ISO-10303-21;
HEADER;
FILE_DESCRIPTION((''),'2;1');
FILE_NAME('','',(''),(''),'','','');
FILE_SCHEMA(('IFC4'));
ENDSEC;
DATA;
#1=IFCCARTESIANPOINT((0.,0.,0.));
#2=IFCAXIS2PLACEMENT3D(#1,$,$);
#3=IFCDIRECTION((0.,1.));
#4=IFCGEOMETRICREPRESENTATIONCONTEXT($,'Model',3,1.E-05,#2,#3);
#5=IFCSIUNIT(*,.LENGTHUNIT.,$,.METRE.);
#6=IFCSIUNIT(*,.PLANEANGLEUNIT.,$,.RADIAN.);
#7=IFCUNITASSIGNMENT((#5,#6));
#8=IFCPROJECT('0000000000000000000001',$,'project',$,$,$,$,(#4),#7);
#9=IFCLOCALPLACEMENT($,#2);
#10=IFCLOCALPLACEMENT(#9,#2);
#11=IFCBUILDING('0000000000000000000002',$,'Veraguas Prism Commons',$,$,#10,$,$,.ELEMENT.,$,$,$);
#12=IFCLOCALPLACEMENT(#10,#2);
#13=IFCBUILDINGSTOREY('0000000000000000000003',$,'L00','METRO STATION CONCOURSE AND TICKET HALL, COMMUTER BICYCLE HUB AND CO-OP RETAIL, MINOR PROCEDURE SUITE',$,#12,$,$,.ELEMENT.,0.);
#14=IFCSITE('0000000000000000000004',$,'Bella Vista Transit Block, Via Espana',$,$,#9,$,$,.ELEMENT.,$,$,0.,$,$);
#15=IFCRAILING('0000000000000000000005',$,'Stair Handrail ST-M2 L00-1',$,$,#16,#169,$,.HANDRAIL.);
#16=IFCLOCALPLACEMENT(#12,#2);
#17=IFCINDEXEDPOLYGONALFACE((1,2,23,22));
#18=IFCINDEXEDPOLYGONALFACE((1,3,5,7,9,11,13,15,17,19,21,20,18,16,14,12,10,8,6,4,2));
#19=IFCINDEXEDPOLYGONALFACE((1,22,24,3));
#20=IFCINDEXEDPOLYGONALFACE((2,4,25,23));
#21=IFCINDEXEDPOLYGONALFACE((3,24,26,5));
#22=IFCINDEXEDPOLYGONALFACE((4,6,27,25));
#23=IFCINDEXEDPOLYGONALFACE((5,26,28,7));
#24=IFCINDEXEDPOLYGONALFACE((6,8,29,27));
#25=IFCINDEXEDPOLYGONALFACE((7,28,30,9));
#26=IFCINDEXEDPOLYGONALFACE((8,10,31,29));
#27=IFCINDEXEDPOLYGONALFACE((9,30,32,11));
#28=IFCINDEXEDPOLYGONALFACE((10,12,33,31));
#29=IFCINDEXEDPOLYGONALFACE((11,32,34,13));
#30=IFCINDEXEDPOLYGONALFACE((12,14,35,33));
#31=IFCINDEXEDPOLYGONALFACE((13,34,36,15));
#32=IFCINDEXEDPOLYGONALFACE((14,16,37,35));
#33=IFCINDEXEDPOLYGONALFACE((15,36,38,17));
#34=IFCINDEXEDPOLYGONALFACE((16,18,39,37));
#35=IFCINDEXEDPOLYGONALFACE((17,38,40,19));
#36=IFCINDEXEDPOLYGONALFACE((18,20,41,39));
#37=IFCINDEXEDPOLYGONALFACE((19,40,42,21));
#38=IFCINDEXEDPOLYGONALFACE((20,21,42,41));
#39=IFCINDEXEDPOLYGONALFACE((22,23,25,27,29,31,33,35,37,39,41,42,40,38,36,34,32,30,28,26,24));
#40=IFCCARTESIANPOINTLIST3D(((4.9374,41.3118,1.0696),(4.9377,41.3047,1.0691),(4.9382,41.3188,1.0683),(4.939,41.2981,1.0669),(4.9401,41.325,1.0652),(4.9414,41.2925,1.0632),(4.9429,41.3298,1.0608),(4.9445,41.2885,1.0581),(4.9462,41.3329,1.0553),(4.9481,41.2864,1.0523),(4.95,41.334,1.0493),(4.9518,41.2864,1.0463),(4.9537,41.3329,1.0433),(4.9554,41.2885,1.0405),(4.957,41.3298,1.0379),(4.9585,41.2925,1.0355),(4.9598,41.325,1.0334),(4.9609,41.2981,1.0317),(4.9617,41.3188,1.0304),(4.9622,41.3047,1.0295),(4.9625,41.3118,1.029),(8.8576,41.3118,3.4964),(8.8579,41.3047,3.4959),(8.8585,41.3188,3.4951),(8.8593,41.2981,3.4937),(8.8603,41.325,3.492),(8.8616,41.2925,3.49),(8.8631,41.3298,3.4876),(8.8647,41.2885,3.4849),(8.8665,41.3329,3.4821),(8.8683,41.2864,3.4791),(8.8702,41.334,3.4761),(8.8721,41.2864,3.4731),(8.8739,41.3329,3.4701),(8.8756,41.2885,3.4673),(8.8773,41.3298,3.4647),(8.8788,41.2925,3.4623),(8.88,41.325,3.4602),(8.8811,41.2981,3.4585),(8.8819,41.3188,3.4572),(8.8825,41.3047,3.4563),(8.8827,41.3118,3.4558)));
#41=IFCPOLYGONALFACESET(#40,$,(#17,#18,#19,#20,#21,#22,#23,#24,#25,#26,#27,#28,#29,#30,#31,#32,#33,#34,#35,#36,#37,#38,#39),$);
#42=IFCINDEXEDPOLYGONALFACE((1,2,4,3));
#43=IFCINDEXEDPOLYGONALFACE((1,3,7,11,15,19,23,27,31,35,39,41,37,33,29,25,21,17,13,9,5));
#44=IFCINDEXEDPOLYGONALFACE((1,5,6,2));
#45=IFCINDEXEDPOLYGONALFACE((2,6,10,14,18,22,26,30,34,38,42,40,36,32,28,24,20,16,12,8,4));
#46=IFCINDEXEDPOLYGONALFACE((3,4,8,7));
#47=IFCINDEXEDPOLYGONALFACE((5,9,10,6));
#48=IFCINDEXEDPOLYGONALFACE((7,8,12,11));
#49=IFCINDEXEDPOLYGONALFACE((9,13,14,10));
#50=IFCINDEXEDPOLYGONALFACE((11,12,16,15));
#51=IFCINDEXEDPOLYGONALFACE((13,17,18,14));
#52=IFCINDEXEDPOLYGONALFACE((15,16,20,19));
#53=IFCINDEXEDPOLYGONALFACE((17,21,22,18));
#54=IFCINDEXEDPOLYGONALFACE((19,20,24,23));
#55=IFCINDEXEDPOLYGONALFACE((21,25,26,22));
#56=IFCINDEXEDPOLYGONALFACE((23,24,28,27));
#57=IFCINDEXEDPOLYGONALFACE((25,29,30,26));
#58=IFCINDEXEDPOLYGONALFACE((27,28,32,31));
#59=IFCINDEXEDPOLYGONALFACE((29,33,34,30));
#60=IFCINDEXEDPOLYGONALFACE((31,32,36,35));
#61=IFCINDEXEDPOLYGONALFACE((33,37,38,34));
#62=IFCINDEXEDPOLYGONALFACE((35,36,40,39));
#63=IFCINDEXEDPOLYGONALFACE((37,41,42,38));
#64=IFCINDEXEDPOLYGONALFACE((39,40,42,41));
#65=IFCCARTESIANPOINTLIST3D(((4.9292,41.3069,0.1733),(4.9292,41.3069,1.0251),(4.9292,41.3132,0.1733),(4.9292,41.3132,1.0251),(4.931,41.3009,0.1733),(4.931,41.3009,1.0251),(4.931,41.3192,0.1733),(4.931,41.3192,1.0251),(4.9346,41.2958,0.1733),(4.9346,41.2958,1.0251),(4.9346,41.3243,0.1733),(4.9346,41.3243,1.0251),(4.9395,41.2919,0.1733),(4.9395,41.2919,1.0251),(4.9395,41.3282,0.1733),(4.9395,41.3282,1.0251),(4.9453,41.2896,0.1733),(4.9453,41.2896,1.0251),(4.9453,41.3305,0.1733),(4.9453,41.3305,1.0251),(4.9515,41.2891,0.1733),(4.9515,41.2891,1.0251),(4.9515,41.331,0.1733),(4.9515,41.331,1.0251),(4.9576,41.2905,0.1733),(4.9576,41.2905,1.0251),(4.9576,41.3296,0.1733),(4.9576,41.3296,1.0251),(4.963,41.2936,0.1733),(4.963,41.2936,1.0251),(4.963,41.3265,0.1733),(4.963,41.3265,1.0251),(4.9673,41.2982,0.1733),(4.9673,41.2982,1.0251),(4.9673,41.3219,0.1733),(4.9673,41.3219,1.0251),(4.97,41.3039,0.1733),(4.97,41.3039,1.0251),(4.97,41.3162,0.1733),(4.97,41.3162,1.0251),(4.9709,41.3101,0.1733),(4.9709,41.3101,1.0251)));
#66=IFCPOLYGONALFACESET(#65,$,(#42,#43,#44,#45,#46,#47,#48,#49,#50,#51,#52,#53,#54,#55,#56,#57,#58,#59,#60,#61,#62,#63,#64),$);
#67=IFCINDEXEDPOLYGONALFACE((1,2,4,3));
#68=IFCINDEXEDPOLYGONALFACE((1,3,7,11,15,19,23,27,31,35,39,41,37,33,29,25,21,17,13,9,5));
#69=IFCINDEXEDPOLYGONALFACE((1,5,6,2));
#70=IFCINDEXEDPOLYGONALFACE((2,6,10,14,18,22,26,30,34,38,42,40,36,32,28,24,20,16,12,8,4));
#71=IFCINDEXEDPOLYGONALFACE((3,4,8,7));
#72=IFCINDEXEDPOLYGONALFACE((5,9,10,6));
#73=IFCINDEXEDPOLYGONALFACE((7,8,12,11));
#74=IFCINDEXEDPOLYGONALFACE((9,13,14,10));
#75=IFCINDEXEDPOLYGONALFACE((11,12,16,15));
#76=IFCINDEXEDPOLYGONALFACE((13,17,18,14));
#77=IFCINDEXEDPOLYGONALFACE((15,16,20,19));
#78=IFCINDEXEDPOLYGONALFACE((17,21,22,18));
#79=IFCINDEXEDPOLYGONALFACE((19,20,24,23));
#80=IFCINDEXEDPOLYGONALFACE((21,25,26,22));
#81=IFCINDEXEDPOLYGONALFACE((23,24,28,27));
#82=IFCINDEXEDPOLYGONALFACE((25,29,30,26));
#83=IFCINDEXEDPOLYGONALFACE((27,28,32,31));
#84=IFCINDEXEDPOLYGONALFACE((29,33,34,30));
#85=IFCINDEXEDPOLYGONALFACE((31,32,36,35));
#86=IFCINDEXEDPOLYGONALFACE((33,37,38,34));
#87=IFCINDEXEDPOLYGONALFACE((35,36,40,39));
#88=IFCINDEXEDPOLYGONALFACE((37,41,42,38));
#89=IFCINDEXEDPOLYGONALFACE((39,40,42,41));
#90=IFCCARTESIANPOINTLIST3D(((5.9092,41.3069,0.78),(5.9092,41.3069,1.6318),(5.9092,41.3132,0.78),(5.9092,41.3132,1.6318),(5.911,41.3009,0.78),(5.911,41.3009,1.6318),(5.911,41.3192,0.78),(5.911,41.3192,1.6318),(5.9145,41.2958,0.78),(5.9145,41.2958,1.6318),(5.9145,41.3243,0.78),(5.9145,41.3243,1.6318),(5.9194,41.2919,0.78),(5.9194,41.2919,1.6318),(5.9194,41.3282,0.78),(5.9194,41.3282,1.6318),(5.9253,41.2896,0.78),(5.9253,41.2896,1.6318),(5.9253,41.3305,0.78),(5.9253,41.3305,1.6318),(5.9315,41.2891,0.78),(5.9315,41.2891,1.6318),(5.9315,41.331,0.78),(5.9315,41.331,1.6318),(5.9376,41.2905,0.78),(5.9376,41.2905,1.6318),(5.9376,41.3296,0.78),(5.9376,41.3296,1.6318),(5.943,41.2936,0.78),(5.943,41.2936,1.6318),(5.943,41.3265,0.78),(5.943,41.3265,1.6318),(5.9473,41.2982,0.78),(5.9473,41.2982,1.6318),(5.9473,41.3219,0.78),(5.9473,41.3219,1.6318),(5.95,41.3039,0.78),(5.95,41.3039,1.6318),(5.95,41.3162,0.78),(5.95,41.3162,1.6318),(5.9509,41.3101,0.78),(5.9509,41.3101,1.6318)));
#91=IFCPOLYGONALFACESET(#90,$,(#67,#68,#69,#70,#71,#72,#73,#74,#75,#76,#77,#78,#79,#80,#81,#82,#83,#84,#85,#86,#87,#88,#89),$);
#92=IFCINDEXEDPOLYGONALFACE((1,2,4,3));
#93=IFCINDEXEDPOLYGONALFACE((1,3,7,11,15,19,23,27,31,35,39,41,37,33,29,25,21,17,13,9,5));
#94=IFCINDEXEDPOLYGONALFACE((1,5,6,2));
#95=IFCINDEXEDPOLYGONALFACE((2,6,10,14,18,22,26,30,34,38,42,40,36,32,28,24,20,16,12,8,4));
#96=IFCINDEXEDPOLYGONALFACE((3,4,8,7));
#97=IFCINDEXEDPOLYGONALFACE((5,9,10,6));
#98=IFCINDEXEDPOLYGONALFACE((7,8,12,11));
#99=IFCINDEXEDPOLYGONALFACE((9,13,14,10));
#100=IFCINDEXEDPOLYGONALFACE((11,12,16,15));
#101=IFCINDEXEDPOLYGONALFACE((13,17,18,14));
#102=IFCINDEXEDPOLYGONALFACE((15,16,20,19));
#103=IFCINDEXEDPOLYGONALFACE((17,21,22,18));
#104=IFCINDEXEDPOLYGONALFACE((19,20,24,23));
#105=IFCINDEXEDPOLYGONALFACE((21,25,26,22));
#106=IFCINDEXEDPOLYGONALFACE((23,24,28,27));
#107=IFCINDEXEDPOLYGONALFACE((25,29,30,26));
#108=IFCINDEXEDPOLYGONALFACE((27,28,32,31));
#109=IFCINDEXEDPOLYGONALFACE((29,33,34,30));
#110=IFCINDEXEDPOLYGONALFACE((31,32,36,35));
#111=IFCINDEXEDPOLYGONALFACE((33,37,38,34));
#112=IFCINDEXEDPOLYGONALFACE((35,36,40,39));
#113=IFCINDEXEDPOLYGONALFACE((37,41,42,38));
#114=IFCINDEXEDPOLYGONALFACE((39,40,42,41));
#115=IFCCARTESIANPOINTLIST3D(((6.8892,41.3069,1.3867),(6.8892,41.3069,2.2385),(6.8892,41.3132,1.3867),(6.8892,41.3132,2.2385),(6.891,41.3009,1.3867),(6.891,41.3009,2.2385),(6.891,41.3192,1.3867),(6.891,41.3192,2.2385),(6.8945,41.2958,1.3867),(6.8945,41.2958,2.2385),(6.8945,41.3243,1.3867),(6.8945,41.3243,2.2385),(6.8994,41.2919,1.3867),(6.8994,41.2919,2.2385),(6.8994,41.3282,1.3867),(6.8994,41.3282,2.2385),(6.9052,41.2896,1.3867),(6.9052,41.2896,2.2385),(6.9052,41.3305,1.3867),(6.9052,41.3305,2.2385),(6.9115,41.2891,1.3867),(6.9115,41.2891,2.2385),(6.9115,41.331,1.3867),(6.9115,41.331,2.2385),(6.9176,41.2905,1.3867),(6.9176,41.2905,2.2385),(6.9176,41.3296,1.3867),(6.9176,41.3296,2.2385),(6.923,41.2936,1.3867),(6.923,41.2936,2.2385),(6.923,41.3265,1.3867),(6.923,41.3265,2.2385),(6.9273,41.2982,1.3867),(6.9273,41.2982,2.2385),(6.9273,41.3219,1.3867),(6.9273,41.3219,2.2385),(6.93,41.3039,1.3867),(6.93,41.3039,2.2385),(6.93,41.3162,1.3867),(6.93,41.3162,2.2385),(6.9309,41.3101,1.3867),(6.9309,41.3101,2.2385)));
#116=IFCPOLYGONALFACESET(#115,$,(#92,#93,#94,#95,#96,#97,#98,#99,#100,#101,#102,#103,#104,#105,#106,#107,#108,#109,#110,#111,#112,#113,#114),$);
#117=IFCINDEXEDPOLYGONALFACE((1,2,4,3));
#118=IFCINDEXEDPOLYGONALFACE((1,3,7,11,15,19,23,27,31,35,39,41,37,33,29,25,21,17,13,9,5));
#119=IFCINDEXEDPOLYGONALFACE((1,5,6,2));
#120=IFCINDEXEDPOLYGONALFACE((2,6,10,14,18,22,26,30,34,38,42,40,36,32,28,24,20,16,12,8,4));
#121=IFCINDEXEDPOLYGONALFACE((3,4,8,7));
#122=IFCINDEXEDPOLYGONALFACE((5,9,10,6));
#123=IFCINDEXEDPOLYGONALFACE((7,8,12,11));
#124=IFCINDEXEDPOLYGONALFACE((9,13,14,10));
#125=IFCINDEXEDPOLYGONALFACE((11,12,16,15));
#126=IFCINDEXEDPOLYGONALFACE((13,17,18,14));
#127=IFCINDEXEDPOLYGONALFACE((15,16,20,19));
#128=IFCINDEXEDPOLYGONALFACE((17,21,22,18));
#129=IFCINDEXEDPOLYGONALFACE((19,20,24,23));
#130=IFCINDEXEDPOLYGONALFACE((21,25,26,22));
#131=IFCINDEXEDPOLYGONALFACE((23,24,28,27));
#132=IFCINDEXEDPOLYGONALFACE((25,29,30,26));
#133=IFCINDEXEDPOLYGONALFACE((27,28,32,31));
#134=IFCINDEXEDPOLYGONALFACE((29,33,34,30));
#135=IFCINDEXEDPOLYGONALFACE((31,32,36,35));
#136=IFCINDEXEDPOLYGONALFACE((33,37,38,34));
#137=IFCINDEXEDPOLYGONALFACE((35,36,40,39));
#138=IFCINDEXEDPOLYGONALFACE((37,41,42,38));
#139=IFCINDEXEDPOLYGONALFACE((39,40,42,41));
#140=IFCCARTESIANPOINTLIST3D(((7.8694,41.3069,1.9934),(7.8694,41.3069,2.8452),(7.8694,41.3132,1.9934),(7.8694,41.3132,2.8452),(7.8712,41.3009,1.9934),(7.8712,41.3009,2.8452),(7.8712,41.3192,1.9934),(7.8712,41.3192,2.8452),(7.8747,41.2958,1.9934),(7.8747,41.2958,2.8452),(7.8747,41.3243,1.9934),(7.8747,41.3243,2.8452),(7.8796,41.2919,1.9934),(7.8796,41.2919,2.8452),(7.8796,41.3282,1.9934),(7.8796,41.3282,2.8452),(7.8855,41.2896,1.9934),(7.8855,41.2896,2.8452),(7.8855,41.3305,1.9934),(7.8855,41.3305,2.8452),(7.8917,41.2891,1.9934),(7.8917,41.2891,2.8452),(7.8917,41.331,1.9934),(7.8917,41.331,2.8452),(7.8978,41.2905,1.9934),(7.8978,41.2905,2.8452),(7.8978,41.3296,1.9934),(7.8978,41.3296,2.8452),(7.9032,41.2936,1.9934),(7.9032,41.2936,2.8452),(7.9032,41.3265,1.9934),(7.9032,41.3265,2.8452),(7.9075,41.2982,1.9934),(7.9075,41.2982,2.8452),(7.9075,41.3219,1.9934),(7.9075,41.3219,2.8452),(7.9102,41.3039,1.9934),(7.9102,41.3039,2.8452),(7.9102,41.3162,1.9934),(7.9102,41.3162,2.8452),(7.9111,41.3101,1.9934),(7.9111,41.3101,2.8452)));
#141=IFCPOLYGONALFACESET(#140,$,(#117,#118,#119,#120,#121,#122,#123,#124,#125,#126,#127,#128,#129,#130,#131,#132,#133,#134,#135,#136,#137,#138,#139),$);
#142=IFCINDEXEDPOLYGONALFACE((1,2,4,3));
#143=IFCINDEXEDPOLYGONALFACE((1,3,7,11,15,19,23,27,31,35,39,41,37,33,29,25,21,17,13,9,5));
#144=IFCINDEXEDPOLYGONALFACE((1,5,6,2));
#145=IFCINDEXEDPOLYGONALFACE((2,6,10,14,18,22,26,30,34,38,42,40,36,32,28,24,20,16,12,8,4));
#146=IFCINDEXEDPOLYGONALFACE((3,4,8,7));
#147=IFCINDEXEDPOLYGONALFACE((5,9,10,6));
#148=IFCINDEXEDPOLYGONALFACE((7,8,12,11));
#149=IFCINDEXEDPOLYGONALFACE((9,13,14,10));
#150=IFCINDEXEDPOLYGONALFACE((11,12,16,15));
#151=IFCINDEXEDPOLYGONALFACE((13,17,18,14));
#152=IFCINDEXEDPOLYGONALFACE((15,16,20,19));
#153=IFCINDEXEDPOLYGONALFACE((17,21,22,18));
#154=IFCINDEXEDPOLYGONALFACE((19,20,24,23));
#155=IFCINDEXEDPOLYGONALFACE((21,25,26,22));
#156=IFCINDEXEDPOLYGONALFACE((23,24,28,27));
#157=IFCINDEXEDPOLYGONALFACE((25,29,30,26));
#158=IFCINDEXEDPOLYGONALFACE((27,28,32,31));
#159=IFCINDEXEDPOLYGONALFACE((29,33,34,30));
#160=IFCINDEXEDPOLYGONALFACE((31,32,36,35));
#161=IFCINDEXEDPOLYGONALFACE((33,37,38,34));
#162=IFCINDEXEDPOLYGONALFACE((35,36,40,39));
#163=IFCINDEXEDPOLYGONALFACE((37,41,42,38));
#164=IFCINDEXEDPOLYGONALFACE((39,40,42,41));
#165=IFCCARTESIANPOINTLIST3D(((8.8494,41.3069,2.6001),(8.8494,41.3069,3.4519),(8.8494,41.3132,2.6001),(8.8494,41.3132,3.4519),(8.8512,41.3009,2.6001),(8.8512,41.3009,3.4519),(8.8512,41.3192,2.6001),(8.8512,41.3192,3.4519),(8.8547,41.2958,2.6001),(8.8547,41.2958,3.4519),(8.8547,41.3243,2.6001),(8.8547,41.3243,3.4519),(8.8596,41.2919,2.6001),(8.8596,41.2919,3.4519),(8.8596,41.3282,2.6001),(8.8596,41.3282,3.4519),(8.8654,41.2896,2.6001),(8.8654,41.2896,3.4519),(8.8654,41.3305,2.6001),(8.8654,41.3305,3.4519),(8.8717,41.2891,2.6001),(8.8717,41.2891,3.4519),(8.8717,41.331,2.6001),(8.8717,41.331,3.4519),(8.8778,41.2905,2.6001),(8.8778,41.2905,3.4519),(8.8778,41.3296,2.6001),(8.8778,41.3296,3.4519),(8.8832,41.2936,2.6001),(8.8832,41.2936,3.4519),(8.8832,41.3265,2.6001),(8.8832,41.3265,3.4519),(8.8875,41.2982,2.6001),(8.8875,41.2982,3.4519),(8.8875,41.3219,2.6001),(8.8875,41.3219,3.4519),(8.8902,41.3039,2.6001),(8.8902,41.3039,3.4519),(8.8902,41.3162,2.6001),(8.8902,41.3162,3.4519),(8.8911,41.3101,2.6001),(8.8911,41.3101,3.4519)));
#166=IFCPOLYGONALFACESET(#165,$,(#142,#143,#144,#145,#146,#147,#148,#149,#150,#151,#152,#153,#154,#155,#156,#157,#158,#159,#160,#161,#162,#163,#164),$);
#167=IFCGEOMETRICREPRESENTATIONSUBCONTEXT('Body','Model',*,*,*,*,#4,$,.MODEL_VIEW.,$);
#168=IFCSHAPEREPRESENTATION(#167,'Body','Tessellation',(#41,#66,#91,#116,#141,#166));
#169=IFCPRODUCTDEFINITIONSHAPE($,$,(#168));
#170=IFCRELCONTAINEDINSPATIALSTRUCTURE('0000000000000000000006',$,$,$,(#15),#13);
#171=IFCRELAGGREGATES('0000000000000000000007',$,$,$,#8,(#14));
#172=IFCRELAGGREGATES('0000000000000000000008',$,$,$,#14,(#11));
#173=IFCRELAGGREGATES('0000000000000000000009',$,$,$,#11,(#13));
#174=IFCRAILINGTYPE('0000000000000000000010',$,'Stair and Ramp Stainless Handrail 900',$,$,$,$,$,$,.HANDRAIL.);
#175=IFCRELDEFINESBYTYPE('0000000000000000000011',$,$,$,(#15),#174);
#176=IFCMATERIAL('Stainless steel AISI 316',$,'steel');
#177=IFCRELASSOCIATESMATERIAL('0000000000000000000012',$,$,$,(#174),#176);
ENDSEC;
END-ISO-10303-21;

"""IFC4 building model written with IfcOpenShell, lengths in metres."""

from ifc_helpers import new_model, si_unit, direction, frame, origin, origin_2d, place, context, subcontext, project, spatial, circle, extrude, material, type_object, element, save


model = new_model("IFC4")

# Units and contexts
model_context = context("Model", 3, precision=1e-05, world=origin(), true_north=direction((0.0, 1.0)))
body_context = subcontext(model_context, "Body", "Model", "MODEL_VIEW")
ifc_project = project(units=[si_unit("LENGTHUNIT", "METRE"), si_unit("PLANEANGLEUNIT", "RADIAN")], contexts=[model_context])

# Site, building, storey
site_placement = place(None, origin())
site = spatial("IfcSite", under=ifc_project, at=site_placement, Name="Bella Vista Transit Block, Via Espana", CompositionType="ELEMENT", RefElevation=0.0)
building_placement = place(site_placement, origin())
building = spatial("IfcBuilding", under=site, at=building_placement, Name="Veraguas Prism Commons", CompositionType="ELEMENT")
storey_placement = place(building_placement, origin())
storey = spatial("IfcBuildingStorey", under=building, at=storey_placement, Name="L00", Description="METRO STATION CONCOURSE AND TICKET HALL, COMMUTER BICYCLE HUB AND CO-OP RETAIL, MINOR PROCEDURE SUITE", CompositionType="ELEMENT", Elevation=0.0)

# Railing
ifc_material_1 = material(Name="Stainless steel AISI 316", Category="steel")
railing_type_1 = type_object("IfcRailingType", Name="Stair and Ramp Stainless Handrail 900", PredefinedType="HANDRAIL", material=ifc_material_1)
railing_1_placement = place(storey_placement, frame((4.95, 41.3101, 0.1733)))
element("IfcRailing", 1, at=railing_1_placement, inside=storey, type_object=railing_type_1, Name="Stair Handrail ST-M2 L00-1", PredefinedType="HANDRAIL", context=body_context, shape_type="SweptSolid", body=[
    extrude(circle(Radius=0.0239, at=origin_2d()), frame((0.0, 0.0, 0.876), z_axis=(0.850266, 0.0, 0.526353), x_axis=(0.0, 1.0, 0.0)), (0.0, 0.0, 1.0), 4.6106),
    extrude(circle(Radius=0.021, at=origin_2d()), origin(), (0.0, 0.0, 1.0), 0.8518),
    extrude(circle(Radius=0.021, at=origin_2d()), frame((0.98, 0.0, 0.6067)), (0.0, 0.0, 1.0), 0.8518),
    extrude(circle(Radius=0.021, at=origin_2d()), frame((1.96, 0.0, 1.2134)), (0.0, 0.0, 1.0), 0.8518),
    extrude(circle(Radius=0.021, at=origin_2d()), frame((2.9402, 0.0, 1.8201)), (0.0, 0.0, 1.0), 0.8518),
    extrude(circle(Radius=0.021, at=origin_2d()), frame((3.9202, 0.0, 2.4268)), (0.0, 0.0, 1.0), 0.8518),
])

save(model, "model.ifc")
